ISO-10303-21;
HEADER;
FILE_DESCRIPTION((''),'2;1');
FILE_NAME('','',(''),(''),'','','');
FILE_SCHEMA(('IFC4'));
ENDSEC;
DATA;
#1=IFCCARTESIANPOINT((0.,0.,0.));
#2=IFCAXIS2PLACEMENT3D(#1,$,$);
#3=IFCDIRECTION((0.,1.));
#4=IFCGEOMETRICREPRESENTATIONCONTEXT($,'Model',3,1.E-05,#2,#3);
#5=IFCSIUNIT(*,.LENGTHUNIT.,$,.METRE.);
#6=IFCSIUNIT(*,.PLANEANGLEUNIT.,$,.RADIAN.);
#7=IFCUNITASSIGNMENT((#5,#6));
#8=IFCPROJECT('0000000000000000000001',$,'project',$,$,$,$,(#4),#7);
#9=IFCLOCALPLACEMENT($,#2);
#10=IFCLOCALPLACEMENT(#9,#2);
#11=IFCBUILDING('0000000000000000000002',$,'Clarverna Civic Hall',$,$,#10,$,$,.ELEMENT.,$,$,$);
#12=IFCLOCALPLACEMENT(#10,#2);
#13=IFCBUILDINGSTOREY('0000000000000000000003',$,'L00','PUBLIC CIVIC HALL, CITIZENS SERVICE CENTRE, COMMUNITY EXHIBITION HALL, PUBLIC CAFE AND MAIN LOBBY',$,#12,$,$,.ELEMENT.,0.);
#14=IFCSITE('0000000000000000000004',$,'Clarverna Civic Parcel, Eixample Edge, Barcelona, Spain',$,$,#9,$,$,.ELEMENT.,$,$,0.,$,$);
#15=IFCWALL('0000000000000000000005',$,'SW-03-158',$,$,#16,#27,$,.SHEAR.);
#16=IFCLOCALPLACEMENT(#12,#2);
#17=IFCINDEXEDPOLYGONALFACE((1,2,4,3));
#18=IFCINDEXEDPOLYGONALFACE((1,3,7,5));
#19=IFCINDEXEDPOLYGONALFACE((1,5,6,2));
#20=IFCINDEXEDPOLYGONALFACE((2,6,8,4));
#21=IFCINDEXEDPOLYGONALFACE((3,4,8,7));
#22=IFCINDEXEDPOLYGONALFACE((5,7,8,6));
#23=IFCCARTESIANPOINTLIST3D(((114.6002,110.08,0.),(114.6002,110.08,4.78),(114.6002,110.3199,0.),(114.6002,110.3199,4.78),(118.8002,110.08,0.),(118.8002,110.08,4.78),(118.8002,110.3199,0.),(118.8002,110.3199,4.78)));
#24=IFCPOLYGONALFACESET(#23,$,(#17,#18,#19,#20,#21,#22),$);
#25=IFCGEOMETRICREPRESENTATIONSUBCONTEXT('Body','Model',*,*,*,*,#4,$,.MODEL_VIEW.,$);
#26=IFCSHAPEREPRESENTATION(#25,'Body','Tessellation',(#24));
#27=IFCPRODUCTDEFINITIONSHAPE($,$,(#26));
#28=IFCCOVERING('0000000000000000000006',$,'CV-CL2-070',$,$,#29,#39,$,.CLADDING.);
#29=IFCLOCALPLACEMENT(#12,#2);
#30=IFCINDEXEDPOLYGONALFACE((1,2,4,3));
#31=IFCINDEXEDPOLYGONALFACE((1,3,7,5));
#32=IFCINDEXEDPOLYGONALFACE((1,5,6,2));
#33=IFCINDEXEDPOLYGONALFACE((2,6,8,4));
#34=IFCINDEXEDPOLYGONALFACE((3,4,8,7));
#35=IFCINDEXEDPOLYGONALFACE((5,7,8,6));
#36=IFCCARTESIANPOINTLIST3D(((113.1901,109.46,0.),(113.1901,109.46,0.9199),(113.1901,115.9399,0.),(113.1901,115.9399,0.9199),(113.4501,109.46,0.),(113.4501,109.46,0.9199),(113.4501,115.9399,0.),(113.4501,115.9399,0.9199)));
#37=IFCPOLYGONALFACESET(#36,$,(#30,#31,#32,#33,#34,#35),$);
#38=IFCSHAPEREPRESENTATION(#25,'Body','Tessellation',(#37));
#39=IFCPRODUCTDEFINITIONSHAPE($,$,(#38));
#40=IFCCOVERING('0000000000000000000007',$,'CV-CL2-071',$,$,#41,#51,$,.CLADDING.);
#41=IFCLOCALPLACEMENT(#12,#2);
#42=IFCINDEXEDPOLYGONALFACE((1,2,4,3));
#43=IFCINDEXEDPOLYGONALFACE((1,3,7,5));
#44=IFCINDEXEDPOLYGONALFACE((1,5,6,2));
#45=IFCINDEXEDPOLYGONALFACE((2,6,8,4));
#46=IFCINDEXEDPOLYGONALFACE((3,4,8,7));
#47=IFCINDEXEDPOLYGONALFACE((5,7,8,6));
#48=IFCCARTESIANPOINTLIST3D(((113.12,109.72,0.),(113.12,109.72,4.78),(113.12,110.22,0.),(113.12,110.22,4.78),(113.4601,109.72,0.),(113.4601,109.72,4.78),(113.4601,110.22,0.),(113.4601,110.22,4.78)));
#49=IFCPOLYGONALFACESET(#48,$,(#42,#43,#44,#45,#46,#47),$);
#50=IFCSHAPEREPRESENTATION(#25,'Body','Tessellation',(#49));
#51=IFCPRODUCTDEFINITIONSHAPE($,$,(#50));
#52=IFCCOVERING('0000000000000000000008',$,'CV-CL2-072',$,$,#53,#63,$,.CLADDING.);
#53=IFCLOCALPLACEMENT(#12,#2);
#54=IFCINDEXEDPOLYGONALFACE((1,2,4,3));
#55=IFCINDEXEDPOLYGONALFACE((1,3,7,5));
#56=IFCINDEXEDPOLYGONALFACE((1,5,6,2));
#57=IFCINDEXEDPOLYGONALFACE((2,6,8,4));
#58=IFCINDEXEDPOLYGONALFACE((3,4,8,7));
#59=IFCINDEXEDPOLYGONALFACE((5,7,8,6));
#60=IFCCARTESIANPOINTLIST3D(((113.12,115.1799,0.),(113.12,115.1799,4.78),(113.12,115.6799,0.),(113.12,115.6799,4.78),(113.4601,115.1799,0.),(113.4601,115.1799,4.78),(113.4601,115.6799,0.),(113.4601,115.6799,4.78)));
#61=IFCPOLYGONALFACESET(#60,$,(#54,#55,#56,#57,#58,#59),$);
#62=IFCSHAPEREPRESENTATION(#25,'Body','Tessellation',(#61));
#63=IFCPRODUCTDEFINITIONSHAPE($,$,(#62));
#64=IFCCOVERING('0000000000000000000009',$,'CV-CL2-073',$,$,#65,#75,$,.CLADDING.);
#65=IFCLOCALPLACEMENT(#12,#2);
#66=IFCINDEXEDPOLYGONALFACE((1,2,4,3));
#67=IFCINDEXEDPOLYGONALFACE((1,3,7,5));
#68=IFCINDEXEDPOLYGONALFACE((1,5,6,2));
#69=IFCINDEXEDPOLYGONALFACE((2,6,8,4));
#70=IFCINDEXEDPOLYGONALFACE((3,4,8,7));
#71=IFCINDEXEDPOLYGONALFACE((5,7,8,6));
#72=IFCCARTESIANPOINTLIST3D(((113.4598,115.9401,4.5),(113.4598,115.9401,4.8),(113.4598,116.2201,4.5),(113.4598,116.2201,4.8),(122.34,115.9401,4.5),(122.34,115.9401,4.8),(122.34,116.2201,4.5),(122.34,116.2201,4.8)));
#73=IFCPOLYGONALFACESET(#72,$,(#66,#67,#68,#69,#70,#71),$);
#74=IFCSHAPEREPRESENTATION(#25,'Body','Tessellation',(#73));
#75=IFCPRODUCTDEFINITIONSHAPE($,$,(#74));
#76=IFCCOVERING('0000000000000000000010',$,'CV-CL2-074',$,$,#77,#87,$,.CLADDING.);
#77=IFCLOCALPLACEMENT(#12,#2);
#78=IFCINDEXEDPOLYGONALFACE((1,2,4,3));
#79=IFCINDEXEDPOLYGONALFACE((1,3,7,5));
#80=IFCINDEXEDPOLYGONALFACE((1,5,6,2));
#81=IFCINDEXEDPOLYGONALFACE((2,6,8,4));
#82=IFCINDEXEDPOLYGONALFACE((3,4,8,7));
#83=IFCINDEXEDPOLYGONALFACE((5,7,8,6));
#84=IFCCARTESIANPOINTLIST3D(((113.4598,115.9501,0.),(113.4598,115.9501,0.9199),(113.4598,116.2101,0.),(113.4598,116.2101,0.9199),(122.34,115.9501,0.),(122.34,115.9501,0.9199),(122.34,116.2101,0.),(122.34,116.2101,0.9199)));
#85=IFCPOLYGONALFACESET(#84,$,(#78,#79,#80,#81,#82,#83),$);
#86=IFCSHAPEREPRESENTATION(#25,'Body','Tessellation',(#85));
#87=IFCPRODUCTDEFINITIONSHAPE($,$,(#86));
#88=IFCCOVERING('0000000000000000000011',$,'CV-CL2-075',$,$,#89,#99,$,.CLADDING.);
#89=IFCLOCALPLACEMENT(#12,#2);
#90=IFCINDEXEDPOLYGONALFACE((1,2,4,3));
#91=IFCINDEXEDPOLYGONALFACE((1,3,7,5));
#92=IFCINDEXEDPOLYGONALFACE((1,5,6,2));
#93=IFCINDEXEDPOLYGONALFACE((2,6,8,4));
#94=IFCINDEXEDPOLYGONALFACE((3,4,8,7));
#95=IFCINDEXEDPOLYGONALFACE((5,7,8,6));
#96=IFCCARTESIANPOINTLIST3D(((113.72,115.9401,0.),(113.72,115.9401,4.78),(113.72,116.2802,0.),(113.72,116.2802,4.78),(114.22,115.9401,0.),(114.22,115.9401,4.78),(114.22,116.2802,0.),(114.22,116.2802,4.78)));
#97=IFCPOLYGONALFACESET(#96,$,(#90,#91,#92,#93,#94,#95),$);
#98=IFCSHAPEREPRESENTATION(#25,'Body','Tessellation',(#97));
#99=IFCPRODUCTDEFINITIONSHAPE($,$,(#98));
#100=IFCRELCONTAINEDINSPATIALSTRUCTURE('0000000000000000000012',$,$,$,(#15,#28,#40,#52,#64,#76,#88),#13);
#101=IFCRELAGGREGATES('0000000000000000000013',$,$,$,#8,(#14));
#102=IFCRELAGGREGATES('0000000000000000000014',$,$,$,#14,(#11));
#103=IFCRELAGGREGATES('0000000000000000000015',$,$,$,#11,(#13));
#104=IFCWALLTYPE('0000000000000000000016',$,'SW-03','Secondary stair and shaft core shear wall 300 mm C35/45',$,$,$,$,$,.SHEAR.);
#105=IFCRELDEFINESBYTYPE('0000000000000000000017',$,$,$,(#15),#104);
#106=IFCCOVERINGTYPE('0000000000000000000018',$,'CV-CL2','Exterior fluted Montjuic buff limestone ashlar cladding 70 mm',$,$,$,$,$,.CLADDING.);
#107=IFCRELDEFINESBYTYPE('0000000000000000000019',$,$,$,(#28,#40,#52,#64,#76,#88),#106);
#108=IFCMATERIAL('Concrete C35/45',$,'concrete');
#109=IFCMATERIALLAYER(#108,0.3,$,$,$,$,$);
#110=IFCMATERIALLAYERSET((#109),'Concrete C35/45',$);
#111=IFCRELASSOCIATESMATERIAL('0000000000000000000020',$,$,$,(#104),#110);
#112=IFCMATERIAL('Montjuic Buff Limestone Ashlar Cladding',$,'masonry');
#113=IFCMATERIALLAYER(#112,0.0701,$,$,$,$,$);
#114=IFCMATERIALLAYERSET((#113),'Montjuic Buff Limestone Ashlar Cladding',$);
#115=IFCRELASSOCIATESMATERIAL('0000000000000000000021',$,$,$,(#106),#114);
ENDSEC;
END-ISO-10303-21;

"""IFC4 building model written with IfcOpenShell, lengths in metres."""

from ifc_helpers import new_model, si_unit, direction, frame, frame_2d, origin, place, context, subcontext, project, spatial, rectangle, extrude, material, layer, layer_set, type_object, element, save


model = new_model("IFC4")

# Units and contexts
model_context = context("Model", 3, precision=1e-05, world=origin(), true_north=direction((0.0, 1.0)))
body_context = subcontext(model_context, "Body", "Model", "MODEL_VIEW")
ifc_project = project(units=[si_unit("LENGTHUNIT", "METRE"), si_unit("PLANEANGLEUNIT", "RADIAN")], contexts=[model_context])

# Site, building, storey
site_placement = place(None, origin())
site = spatial("IfcSite", under=ifc_project, at=site_placement, Name="Clarverna Civic Parcel, Eixample Edge, Barcelona, Spain", CompositionType="ELEMENT", RefElevation=0.0)
building_placement = place(site_placement, origin())
building = spatial("IfcBuilding", under=site, at=building_placement, Name="Clarverna Civic Hall", CompositionType="ELEMENT")
storey_placement = place(building_placement, origin())
storey = spatial("IfcBuildingStorey", under=building, at=storey_placement, Name="L00", Description="PUBLIC CIVIC HALL, CITIZENS SERVICE CENTRE, COMMUNITY EXHIBITION HALL, PUBLIC CAFE AND MAIN LOBBY", CompositionType="ELEMENT", Elevation=0.0)

# Shared definitions
ifc_material_1 = material(Name="Concrete C35/45", Category="concrete")

# Wall
ifc_layer_1 = layer(ifc_material_1, 0.3)
ifc_layer_set_1 = layer_set([ifc_layer_1], Name="Concrete C35/45")
wall_type_1 = type_object("IfcWallType", Name="SW-03", Description="Secondary stair and shaft core shear wall 300 mm C35/45", PredefinedType="SHEAR", material=ifc_layer_set_1)
wall_1_placement = place(storey_placement, frame((114.6001, 110.2, 0.0), z_axis=(0.0, 0.0, 1.0), x_axis=(1.0, 0.0, 0.0)))
element("IfcWall", 1, at=wall_1_placement, inside=storey, type_object=wall_type_1, Name="SW-03-158", PredefinedType="SHEAR", context=body_context, shape_type="SweptSolid", body=[
    extrude(rectangle(XDim=4.2, YDim=0.24, at=frame_2d((2.1001, 0.0))), origin(), (0.0, 0.0, 1.0), 4.78),
])

# Coverings
ifc_material_2 = material(Name="Montjuic Buff Limestone Ashlar Cladding", Category="masonry")
ifc_layer_2 = layer(ifc_material_2, 0.0701)
ifc_layer_set_2 = layer_set([ifc_layer_2], Name="Montjuic Buff Limestone Ashlar Cladding")
covering_type = type_object("IfcCoveringType", Name="CV-CL2", Description="Exterior fluted Montjuic buff limestone ashlar cladding 70 mm", PredefinedType="CLADDING", material=ifc_layer_set_2)
covering_1_placement = place(storey_placement, frame((113.3201, 109.46, 0.0), z_axis=(0.0, 0.0, 1.0), x_axis=(0.0, 1.0, 0.0)))
element("IfcCovering", 2, at=covering_1_placement, inside=storey, type_object=covering_type, Name="CV-CL2-070", PredefinedType="CLADDING", context=body_context, shape_type="SweptSolid", body=[
    extrude(rectangle(XDim=6.48, YDim=0.26, at=frame_2d((3.24, 0.0))), origin(), (0.0, 0.0, 1.0), 0.9199),
])
for number, where, z_axis, x_axis, name in (
    (3, (113.29, 109.72, 0.0), (0.0, 0.0, 1.0), (0.0, 1.0, 0.0), "CV-CL2-071"),
    (4, (113.29, 115.1799, 0.0), (0.0, 0.0, 1.0), (0.0, 1.0, 0.0), "CV-CL2-072"),
):
    element("IfcCovering", number, at=place(storey_placement, frame(where, z_axis=z_axis, x_axis=x_axis)), inside=storey, type_object=covering_type, Name=name, PredefinedType="CLADDING", context=body_context, shape_type="SweptSolid", body=[
        extrude(rectangle(XDim=0.5, YDim=0.3401, at=frame_2d((0.25, 0.0))), origin(), (0.0, 0.0, 1.0), 4.78),
    ])
covering_2_placement = place(storey_placement, frame((113.46, 116.0801, 4.5), z_axis=(0.0, 0.0, 1.0), x_axis=(1.0, 0.0, 0.0)))
element("IfcCovering", 5, at=covering_2_placement, inside=storey, type_object=covering_type, Name="CV-CL2-073", PredefinedType="CLADDING", context=body_context, shape_type="SweptSolid", body=[
    extrude(rectangle(XDim=8.8801, YDim=0.28, at=frame_2d((4.4399, 0.0))), origin(), (0.0, 0.0, 1.0), 0.3),
])
covering_3_placement = place(storey_placement, frame((113.46, 116.0801, 0.0), z_axis=(0.0, 0.0, 1.0), x_axis=(1.0, 0.0, 0.0)))
element("IfcCovering", 6, at=covering_3_placement, inside=storey, type_object=covering_type, Name="CV-CL2-074", PredefinedType="CLADDING", context=body_context, shape_type="SweptSolid", body=[
    extrude(rectangle(XDim=8.8801, YDim=0.26, at=frame_2d((4.4399, 0.0))), origin(), (0.0, 0.0, 1.0), 0.9199),
])
covering_4_placement = place(storey_placement, frame((113.72, 116.1101, 0.0), z_axis=(0.0, 0.0, 1.0), x_axis=(1.0, 0.0, 0.0)))
element("IfcCovering", 7, at=covering_4_placement, inside=storey, type_object=covering_type, Name="CV-CL2-075", PredefinedType="CLADDING", context=body_context, shape_type="SweptSolid", body=[
    extrude(rectangle(XDim=0.5, YDim=0.3401, at=frame_2d((0.25, 0.0))), origin(), (0.0, 0.0, 1.0), 4.78),
])

save(model, "model.ifc")
